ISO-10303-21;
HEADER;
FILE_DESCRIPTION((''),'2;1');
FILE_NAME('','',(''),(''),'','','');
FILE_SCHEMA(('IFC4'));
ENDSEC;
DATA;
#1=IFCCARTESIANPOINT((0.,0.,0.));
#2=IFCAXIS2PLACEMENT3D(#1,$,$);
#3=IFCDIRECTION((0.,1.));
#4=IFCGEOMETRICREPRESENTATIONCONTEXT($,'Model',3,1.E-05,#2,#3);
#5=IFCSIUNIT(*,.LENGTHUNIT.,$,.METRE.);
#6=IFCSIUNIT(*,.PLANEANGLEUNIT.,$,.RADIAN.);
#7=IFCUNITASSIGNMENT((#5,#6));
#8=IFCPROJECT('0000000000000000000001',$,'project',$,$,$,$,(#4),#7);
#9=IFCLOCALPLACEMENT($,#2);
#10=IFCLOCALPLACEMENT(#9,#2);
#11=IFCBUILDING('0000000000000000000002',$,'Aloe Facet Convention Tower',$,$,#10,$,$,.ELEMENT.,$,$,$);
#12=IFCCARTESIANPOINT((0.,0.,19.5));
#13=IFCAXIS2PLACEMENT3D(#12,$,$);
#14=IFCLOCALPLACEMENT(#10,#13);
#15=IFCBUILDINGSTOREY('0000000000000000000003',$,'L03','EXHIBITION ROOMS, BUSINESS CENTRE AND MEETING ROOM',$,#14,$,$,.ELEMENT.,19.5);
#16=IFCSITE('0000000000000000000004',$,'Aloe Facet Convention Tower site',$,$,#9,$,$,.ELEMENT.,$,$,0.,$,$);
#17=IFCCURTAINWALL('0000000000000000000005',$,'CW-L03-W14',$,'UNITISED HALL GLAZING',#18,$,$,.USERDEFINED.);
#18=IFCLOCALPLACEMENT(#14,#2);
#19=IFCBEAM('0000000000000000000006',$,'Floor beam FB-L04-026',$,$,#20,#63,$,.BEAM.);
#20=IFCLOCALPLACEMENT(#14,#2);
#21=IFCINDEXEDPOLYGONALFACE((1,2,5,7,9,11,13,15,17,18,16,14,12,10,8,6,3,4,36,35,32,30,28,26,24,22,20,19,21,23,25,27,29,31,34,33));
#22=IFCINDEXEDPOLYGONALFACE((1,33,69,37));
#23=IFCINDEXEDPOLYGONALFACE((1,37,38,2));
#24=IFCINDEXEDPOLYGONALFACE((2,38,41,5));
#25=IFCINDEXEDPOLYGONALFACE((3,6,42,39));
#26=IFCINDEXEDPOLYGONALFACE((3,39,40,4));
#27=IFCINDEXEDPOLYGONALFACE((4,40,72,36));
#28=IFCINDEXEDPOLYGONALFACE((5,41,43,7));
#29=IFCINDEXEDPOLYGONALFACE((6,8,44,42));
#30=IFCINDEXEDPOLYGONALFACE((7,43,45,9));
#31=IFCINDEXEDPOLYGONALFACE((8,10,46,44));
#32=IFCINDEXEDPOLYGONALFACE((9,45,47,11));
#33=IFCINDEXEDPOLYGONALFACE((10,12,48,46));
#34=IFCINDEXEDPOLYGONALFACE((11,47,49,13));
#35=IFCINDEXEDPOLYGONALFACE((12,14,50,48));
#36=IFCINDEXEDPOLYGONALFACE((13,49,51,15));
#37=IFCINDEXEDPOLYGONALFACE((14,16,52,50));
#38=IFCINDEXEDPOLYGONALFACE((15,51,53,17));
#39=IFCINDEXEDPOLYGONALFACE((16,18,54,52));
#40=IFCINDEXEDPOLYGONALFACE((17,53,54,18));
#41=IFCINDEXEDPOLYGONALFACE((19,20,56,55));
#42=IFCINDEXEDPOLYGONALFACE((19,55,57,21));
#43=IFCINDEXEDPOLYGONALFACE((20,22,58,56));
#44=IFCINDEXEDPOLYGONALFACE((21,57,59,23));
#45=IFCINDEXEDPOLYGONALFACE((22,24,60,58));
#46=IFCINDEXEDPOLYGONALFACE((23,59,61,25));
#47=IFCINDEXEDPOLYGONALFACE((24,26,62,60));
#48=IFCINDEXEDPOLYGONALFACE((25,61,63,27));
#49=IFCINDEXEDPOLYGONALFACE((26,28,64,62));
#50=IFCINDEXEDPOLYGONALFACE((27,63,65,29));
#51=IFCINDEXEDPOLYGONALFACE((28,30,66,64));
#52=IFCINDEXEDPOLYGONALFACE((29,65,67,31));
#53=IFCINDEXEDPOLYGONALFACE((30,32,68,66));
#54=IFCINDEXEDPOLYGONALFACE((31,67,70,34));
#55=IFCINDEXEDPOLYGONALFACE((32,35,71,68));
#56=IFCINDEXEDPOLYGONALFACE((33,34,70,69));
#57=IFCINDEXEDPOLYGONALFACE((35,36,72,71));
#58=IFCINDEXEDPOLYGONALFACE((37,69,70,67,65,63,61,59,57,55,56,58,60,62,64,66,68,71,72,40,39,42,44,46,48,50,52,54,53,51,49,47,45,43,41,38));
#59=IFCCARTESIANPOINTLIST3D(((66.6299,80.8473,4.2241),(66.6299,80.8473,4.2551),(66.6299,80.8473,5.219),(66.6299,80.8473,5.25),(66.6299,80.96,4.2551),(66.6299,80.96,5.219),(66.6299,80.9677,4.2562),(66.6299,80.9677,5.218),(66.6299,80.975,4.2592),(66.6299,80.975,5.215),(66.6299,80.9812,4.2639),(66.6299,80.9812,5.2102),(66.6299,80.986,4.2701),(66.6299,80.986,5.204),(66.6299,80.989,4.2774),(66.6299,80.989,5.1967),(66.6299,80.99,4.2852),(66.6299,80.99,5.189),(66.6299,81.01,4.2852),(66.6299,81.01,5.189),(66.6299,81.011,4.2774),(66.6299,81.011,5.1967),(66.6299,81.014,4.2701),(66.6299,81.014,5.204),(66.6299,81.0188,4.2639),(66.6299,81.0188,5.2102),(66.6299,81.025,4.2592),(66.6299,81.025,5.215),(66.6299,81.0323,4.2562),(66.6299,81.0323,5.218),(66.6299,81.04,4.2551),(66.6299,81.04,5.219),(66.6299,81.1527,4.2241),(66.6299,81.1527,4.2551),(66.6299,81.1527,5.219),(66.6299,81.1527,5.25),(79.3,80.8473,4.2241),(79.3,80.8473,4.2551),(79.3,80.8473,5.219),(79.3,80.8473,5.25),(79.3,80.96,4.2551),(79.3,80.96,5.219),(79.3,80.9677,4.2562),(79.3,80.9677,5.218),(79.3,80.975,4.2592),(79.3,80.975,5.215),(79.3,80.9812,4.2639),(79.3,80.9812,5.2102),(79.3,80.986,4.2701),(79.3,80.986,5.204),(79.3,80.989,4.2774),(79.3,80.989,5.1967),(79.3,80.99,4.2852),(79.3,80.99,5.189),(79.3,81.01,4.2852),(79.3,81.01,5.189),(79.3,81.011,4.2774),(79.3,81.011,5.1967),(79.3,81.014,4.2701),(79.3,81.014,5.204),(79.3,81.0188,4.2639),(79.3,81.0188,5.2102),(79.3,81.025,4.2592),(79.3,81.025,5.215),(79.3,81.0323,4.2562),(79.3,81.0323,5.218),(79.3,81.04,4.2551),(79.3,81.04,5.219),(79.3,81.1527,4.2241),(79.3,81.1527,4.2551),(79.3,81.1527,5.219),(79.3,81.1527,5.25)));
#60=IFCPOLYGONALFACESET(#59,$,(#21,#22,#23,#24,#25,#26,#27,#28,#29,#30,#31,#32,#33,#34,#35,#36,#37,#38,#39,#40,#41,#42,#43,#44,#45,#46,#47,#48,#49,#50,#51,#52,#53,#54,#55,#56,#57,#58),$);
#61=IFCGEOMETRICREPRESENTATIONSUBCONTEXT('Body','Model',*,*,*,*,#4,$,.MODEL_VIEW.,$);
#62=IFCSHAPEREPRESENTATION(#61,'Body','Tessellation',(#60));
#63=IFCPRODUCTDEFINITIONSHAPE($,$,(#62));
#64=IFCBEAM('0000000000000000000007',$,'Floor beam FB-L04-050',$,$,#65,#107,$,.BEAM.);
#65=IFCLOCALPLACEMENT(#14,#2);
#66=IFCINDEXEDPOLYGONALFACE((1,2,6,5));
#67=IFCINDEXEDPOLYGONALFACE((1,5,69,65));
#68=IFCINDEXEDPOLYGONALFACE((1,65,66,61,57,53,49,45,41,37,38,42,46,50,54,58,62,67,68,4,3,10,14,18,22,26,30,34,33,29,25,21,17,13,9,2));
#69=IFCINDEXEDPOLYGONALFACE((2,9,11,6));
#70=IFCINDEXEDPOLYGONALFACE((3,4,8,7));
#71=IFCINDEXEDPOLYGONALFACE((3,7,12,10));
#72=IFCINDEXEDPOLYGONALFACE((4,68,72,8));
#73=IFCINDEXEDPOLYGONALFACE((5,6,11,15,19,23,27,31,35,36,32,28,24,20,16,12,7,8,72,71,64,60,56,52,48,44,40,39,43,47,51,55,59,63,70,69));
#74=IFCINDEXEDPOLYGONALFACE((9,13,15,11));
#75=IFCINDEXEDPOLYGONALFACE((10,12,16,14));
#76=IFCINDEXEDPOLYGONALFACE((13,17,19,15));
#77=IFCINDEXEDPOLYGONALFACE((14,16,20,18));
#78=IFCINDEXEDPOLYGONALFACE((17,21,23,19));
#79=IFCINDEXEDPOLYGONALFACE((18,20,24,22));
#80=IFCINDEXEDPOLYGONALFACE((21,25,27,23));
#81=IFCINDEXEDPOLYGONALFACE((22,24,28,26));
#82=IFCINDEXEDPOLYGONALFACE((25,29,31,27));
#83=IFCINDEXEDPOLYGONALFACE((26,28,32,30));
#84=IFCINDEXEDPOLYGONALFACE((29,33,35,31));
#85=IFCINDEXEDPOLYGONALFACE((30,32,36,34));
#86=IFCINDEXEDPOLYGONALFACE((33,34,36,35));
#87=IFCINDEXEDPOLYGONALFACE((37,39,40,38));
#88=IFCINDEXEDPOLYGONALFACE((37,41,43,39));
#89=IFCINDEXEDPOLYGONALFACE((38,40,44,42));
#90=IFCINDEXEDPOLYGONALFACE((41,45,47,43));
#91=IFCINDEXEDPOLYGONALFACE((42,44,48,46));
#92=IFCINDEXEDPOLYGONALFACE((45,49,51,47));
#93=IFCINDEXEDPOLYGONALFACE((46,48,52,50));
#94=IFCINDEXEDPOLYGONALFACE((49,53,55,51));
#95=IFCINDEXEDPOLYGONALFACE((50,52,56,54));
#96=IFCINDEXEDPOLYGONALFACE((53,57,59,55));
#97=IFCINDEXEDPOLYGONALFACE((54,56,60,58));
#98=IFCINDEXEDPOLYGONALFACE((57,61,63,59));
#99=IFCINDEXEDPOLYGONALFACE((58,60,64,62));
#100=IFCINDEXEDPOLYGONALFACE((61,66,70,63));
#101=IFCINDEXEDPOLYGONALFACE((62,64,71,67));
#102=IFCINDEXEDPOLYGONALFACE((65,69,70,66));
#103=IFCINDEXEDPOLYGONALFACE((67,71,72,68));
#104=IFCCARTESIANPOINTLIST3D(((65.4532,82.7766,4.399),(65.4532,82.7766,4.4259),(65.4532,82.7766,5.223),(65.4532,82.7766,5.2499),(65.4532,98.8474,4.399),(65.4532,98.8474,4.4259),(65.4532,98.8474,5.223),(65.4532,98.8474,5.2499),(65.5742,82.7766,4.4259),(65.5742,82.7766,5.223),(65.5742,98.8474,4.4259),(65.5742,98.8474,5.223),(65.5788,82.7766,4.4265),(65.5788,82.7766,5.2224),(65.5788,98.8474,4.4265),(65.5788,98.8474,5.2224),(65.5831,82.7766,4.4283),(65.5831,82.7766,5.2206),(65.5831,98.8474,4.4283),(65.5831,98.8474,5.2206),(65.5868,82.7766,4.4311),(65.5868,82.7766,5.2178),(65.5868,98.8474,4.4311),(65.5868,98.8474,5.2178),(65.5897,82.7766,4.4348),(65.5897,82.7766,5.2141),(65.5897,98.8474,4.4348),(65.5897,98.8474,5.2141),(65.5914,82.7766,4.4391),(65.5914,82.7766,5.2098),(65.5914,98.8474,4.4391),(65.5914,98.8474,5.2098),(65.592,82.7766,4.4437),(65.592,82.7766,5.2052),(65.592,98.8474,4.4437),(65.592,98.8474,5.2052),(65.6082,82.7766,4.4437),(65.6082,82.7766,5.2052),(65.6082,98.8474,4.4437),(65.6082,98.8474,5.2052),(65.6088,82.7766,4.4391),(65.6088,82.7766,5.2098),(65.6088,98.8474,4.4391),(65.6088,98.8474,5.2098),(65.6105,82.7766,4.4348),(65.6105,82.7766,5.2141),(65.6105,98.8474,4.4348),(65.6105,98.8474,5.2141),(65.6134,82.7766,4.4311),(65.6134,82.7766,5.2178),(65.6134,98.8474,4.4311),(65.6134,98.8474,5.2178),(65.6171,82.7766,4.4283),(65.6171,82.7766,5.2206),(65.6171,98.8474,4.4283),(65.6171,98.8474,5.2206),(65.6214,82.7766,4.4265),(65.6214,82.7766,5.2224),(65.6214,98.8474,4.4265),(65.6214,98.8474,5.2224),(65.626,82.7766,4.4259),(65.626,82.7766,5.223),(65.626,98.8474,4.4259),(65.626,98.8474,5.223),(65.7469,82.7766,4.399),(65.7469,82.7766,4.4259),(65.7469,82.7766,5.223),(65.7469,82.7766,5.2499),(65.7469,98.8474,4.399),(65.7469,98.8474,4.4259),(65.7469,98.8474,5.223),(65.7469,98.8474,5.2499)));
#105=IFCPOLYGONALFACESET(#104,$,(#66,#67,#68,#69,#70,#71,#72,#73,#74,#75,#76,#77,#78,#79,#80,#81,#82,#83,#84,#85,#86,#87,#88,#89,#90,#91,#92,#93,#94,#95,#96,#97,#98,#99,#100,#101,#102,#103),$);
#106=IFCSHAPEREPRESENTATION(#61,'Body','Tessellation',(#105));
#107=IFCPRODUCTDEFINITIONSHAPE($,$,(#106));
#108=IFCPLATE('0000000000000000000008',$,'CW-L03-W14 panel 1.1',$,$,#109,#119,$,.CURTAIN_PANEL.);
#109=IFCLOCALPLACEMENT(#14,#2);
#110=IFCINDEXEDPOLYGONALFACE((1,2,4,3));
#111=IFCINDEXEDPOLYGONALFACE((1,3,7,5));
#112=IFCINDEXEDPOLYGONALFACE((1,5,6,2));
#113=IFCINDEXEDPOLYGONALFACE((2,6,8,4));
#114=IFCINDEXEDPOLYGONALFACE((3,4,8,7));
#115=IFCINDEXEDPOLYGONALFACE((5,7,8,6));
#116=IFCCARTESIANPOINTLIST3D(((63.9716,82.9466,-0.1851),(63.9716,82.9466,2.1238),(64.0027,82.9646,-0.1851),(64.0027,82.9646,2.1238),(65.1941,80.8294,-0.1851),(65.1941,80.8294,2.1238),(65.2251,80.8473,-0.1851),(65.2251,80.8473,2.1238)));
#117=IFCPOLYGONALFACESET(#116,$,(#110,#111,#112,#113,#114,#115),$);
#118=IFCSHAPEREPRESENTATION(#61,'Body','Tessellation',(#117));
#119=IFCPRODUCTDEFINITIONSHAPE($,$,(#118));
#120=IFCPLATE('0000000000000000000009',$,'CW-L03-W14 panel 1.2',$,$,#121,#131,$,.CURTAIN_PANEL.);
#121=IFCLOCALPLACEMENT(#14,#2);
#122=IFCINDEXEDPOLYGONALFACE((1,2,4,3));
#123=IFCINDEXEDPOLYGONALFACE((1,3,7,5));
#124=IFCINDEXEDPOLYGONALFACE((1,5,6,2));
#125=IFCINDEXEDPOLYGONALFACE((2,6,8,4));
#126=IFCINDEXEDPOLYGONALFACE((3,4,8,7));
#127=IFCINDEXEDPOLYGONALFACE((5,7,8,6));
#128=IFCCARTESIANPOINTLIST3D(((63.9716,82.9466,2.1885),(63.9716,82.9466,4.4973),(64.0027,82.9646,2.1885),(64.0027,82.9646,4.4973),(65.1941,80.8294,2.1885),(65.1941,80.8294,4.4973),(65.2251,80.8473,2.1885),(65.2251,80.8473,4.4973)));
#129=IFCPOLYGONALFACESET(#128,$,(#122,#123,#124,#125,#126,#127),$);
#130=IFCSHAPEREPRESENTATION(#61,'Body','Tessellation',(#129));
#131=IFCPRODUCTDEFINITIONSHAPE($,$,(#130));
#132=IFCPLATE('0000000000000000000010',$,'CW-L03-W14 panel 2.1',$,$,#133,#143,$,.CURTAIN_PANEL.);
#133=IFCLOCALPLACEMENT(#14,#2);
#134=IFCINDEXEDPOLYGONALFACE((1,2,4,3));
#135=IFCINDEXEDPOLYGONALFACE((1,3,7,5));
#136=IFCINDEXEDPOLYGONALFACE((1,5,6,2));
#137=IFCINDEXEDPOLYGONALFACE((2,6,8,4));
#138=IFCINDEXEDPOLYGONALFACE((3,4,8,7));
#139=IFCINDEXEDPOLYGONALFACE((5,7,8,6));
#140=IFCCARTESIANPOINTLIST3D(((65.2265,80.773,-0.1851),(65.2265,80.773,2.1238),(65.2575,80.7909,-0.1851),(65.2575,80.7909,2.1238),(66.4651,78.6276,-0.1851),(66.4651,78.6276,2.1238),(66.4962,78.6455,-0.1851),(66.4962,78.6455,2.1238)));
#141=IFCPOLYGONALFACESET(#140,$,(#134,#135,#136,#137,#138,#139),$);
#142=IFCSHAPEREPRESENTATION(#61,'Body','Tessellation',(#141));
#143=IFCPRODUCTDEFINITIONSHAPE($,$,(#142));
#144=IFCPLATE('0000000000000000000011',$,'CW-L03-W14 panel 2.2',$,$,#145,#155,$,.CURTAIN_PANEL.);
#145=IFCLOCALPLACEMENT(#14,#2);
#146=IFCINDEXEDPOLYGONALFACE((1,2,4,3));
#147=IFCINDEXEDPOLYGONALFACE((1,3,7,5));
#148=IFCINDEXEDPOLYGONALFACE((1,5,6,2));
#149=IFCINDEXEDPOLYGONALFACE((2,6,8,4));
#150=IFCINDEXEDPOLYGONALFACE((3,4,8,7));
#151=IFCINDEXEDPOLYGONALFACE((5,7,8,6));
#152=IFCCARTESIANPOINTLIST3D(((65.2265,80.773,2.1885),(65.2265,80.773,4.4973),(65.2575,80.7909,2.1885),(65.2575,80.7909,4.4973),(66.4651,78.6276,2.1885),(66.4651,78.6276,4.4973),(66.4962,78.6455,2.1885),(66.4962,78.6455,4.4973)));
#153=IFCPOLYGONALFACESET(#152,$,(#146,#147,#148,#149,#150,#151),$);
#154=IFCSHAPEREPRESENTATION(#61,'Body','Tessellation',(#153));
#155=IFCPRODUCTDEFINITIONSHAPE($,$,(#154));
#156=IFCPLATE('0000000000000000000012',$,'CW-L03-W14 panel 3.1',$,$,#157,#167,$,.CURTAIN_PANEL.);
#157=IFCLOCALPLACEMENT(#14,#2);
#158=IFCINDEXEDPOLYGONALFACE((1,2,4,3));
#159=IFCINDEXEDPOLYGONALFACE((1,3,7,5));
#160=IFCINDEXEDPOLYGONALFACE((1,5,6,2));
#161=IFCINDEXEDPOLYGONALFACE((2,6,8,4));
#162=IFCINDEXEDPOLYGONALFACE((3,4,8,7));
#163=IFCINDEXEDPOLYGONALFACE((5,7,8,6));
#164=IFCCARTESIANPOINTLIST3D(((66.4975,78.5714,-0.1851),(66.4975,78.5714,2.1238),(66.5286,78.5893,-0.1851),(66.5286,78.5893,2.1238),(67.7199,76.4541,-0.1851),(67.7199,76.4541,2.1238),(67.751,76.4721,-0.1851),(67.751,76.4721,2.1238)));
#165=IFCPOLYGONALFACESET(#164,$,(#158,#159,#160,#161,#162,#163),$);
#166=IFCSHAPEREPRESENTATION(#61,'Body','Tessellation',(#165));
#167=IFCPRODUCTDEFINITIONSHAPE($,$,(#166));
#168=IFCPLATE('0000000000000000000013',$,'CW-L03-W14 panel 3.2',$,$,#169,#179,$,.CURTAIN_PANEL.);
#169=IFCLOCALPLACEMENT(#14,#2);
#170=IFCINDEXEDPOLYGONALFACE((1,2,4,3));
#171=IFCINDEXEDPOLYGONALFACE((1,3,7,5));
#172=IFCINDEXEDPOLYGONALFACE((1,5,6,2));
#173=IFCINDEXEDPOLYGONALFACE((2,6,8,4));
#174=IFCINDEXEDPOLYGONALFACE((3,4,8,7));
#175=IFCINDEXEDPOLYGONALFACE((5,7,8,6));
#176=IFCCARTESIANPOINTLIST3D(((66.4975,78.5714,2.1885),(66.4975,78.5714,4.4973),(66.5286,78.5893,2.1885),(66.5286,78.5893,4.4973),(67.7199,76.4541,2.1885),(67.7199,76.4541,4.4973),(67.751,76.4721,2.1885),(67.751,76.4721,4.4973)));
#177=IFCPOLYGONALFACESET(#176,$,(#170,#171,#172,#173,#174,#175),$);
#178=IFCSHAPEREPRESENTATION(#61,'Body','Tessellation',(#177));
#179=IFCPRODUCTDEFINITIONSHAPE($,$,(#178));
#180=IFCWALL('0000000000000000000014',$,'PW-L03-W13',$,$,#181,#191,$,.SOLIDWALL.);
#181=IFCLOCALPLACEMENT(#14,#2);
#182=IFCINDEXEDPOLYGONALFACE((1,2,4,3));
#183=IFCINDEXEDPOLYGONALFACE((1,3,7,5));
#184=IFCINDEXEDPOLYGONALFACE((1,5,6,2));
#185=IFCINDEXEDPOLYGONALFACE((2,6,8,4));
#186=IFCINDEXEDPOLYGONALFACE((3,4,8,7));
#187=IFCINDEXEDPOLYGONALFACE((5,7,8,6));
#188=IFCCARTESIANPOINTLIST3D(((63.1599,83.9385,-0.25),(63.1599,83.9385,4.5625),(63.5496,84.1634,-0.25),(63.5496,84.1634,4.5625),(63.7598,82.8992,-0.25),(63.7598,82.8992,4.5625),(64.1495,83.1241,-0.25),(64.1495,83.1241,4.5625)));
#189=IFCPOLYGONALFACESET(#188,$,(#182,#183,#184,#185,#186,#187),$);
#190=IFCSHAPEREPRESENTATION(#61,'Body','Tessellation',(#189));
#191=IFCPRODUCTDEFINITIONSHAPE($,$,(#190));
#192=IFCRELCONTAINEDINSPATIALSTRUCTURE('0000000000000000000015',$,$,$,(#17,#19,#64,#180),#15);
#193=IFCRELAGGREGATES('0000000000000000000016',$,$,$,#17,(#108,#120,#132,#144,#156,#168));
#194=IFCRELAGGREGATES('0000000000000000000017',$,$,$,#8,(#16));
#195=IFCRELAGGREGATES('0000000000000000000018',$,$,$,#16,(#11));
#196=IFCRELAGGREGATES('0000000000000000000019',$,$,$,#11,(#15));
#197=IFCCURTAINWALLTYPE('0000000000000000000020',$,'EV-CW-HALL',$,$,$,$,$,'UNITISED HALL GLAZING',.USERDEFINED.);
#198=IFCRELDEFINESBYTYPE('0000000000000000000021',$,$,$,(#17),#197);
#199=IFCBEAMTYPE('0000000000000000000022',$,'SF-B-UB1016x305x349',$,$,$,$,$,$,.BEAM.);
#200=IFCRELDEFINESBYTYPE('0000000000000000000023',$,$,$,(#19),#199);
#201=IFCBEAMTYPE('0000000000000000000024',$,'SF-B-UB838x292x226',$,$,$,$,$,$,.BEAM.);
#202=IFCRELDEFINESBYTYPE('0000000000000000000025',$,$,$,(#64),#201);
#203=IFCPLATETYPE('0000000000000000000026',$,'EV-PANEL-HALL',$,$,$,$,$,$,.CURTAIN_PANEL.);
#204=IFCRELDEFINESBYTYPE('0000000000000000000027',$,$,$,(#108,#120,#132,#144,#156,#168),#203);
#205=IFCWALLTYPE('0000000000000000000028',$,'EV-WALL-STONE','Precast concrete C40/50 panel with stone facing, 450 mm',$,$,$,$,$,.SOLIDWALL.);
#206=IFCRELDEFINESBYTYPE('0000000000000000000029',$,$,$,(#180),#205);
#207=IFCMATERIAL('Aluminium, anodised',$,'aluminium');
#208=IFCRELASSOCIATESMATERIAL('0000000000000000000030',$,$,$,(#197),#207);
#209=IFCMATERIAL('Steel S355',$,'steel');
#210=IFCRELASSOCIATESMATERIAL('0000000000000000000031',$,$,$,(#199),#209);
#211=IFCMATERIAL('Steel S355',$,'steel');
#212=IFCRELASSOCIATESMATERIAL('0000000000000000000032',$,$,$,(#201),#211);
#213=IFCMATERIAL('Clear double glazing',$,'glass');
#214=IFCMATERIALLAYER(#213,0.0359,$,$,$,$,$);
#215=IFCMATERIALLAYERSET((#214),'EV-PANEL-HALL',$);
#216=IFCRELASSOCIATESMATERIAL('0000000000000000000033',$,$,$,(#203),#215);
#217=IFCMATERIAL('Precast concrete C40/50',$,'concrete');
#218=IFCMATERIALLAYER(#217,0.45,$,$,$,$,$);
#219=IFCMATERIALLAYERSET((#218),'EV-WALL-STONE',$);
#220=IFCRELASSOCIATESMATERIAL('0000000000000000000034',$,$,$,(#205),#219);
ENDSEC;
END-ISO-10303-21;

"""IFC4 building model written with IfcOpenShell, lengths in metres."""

from ifc_helpers import new_model, si_unit, direction, frame, frame_2d, origin, origin_2d, place, context, subcontext, project, spatial, rectangle, i_section, extrude, material, layer, layer_set, material_profile, profile_set, type_object, element, aggregate, save


model = new_model("IFC4")

# Units and contexts
model_context = context("Model", 3, precision=1e-05, world=origin(), true_north=direction((0.0, 1.0)))
body_context = subcontext(model_context, "Body", "Model", "MODEL_VIEW")
ifc_project = project(units=[si_unit("LENGTHUNIT", "METRE"), si_unit("PLANEANGLEUNIT", "RADIAN")], contexts=[model_context])

# Site, building, storey
site_placement = place(None, origin())
site = spatial("IfcSite", under=ifc_project, at=site_placement, Name="Aloe Facet Convention Tower site", CompositionType="ELEMENT", RefElevation=0.0)
building_placement = place(site_placement, origin())
building = spatial("IfcBuilding", under=site, at=building_placement, Name="Aloe Facet Convention Tower", CompositionType="ELEMENT")
storey_placement = place(building_placement, frame((0.0, 0.0, 19.5)))
storey = spatial("IfcBuildingStorey", under=building, at=storey_placement, Name="L03", Description="EXHIBITION ROOMS, BUSINESS CENTRE AND MEETING ROOM", CompositionType="ELEMENT", Elevation=19.5)

# Shared definitions
ifc_material_1 = material(Name="Aluminium, anodised", Category="aluminium")
curtain_wall_type = type_object("IfcCurtainWallType", Name="EV-CW-HALL", ElementType="UNITISED HALL GLAZING", PredefinedType="USERDEFINED", material=ifc_material_1)

# Curtain wall
curtain_wall_1_placement = place(storey_placement, origin())
curtain_wall_1 = element("IfcCurtainWall", 1, at=curtain_wall_1_placement, inside=storey, type_object=curtain_wall_type, Name="CW-L03-W14", ObjectType="UNITISED HALL GLAZING", PredefinedType="USERDEFINED")

# Beams
ifc_material_2 = material(Name="Steel S355", Category="steel")
ifc_material_profile_1 = material_profile(ifc_material_2, i_section(OverallWidth=0.3054, OverallDepth=1.0259, WebThickness=0.02, FlangeThickness=0.031, FilletRadius=0.03, at=origin_2d()), Name="UB 1016x305x349")
ifc_profile_set_1 = profile_set([ifc_material_profile_1], Name="Steel S355")
beam_type_1 = type_object("IfcBeamType", Name="SF-B-UB1016x305x349", PredefinedType="BEAM", material=ifc_profile_set_1)
beam_1_placement = place(storey_placement, frame((66.6299, 81.0, 4.7371), z_axis=(1.0, 0.0, 0.0), x_axis=(0.0, 1.0, 0.0)))
element("IfcBeam", 2, at=beam_1_placement, inside=storey, type_object=beam_type_1, Name="Floor beam FB-L04-026", PredefinedType="BEAM", context=body_context, shape_type="SweptSolid", body=[
    extrude(i_section(OverallWidth=0.3054, OverallDepth=1.0259, WebThickness=0.02, FlangeThickness=0.031, FilletRadius=0.03, at=origin_2d()), origin(), (0.0, 0.0, 1.0), 12.6702),
])
ifc_material_3 = material(Name="Steel S355", Category="steel")
ifc_material_profile_2 = material_profile(ifc_material_3, i_section(OverallWidth=0.2937, OverallDepth=0.8508, WebThickness=0.0161, FlangeThickness=0.0269, FilletRadius=0.0178, at=origin_2d()), Name="UB 838x292x226")
ifc_profile_set_2 = profile_set([ifc_material_profile_2], Name="Steel S355")
beam_type_2 = type_object("IfcBeamType", Name="SF-B-UB838x292x226", PredefinedType="BEAM", material=ifc_profile_set_2)
beam_2_placement = place(storey_placement, frame((65.6001, 82.7766, 4.8245), z_axis=(0.0, 1.0, 0.0), x_axis=(-1.0, 0.0, 0.0)))
element("IfcBeam", 3, at=beam_2_placement, inside=storey, type_object=beam_type_2, Name="Floor beam FB-L04-050", PredefinedType="BEAM", context=body_context, shape_type="SweptSolid", body=[
    extrude(i_section(OverallWidth=0.2937, OverallDepth=0.8508, WebThickness=0.0161, FlangeThickness=0.0269, FilletRadius=0.0178, at=origin_2d()), origin(), (0.0, 0.0, 1.0), 16.0708),
])

# Plates
ifc_material_4 = material(Name="Clear double glazing", Category="glass")
ifc_layer_1 = layer(ifc_material_4, 0.0359)
ifc_layer_set_1 = layer_set([ifc_layer_1], Name="EV-PANEL-HALL")
plate_type = type_object("IfcPlateType", Name="EV-PANEL-HALL", PredefinedType="CURTAIN_PANEL", material=ifc_layer_set_1)
plate_1_placement = place(storey_placement, frame((64.5984, 81.897, -0.1851), z_axis=(0.0, 0.0, 1.0), x_axis=(0.5, -0.866025, 0.0)))
plate_1 = element("IfcPlate", 4, at=plate_1_placement, type_object=plate_type, Name="CW-L03-W14 panel 1.1", PredefinedType="CURTAIN_PANEL", context=body_context, shape_type="SweptSolid", body=[
    extrude(rectangle(XDim=2.4448, YDim=0.0359, at=origin_2d()), origin(), (0.0, 0.0, 1.0), 2.3088),
])
plate_2_placement = place(storey_placement, frame((64.5984, 81.897, 2.1885), z_axis=(0.0, 0.0, 1.0), x_axis=(0.5, -0.866025, 0.0)))
plate_2 = element("IfcPlate", 5, at=plate_2_placement, type_object=plate_type, Name="CW-L03-W14 panel 1.2", PredefinedType="CURTAIN_PANEL", context=body_context, shape_type="SweptSolid", body=[
    extrude(rectangle(XDim=2.4448, YDim=0.0359, at=origin_2d()), origin(), (0.0, 0.0, 1.0), 2.3088),
])
plate_3_placement = place(storey_placement, frame((65.8613, 79.7092, -0.1851), z_axis=(0.0, 0.0, 1.0), x_axis=(0.5, -0.866025, 0.0)))
plate_3 = element("IfcPlate", 6, at=plate_3_placement, type_object=plate_type, Name="CW-L03-W14 panel 2.1", PredefinedType="CURTAIN_PANEL", context=body_context, shape_type="SweptSolid", body=[
    extrude(rectangle(XDim=2.4773, YDim=0.0359, at=origin_2d()), origin(), (0.0, 0.0, 1.0), 2.3088),
])
plate_4_placement = place(storey_placement, frame((65.8613, 79.7092, 2.1885), z_axis=(0.0, 0.0, 1.0), x_axis=(0.5, -0.866025, 0.0)))
plate_4 = element("IfcPlate", 7, at=plate_4_placement, type_object=plate_type, Name="CW-L03-W14 panel 2.2", PredefinedType="CURTAIN_PANEL", context=body_context, shape_type="SweptSolid", body=[
    extrude(rectangle(XDim=2.4773, YDim=0.0359, at=origin_2d()), origin(), (0.0, 0.0, 1.0), 2.3088),
])
plate_5_placement = place(storey_placement, frame((67.1243, 77.5217, -0.1851), z_axis=(0.0, 0.0, 1.0), x_axis=(0.5, -0.866025, 0.0)))
plate_5 = element("IfcPlate", 8, at=plate_5_placement, type_object=plate_type, Name="CW-L03-W14 panel 3.1", PredefinedType="CURTAIN_PANEL", context=body_context, shape_type="SweptSolid", body=[
    extrude(rectangle(XDim=2.4448, YDim=0.0359, at=origin_2d()), origin(), (0.0, 0.0, 1.0), 2.3088),
])
plate_6_placement = place(storey_placement, frame((67.1243, 77.5217, 2.1885), z_axis=(0.0, 0.0, 1.0), x_axis=(0.5, -0.866025, 0.0)))
plate_6 = element("IfcPlate", 9, at=plate_6_placement, type_object=plate_type, Name="CW-L03-W14 panel 3.2", PredefinedType="CURTAIN_PANEL", context=body_context, shape_type="SweptSolid", body=[
    extrude(rectangle(XDim=2.4448, YDim=0.0359, at=origin_2d()), origin(), (0.0, 0.0, 1.0), 2.3088),
])
aggregate(curtain_wall_1, [plate_1, plate_2, plate_3, plate_4, plate_5, plate_6])

# Wall
ifc_material_5 = material(Name="Precast concrete C40/50", Category="concrete")
ifc_layer_2 = layer(ifc_material_5, 0.45)
ifc_layer_set_2 = layer_set([ifc_layer_2], Name="EV-WALL-STONE")
wall_type = type_object("IfcWallType", Name="EV-WALL-STONE", Description="Precast concrete C40/50 panel with stone facing, 450 mm", PredefinedType="SOLIDWALL", material=ifc_layer_set_2)
wall_placement = place(storey_placement, frame((63.3547, 84.051, -0.25), z_axis=(0.0, 0.0, 1.0), x_axis=(0.499881, -0.866094, 0.0)))
element("IfcWall", 10, at=wall_placement, inside=storey, type_object=wall_type, Name="PW-L03-W13", PredefinedType="SOLIDWALL", context=body_context, shape_type="SweptSolid", body=[
    extrude(rectangle(XDim=1.2, YDim=0.45, at=frame_2d((0.6001, 0.0))), origin(), (0.0, 0.0, 1.0), 4.8125),
])

save(model, "model.ifc")
